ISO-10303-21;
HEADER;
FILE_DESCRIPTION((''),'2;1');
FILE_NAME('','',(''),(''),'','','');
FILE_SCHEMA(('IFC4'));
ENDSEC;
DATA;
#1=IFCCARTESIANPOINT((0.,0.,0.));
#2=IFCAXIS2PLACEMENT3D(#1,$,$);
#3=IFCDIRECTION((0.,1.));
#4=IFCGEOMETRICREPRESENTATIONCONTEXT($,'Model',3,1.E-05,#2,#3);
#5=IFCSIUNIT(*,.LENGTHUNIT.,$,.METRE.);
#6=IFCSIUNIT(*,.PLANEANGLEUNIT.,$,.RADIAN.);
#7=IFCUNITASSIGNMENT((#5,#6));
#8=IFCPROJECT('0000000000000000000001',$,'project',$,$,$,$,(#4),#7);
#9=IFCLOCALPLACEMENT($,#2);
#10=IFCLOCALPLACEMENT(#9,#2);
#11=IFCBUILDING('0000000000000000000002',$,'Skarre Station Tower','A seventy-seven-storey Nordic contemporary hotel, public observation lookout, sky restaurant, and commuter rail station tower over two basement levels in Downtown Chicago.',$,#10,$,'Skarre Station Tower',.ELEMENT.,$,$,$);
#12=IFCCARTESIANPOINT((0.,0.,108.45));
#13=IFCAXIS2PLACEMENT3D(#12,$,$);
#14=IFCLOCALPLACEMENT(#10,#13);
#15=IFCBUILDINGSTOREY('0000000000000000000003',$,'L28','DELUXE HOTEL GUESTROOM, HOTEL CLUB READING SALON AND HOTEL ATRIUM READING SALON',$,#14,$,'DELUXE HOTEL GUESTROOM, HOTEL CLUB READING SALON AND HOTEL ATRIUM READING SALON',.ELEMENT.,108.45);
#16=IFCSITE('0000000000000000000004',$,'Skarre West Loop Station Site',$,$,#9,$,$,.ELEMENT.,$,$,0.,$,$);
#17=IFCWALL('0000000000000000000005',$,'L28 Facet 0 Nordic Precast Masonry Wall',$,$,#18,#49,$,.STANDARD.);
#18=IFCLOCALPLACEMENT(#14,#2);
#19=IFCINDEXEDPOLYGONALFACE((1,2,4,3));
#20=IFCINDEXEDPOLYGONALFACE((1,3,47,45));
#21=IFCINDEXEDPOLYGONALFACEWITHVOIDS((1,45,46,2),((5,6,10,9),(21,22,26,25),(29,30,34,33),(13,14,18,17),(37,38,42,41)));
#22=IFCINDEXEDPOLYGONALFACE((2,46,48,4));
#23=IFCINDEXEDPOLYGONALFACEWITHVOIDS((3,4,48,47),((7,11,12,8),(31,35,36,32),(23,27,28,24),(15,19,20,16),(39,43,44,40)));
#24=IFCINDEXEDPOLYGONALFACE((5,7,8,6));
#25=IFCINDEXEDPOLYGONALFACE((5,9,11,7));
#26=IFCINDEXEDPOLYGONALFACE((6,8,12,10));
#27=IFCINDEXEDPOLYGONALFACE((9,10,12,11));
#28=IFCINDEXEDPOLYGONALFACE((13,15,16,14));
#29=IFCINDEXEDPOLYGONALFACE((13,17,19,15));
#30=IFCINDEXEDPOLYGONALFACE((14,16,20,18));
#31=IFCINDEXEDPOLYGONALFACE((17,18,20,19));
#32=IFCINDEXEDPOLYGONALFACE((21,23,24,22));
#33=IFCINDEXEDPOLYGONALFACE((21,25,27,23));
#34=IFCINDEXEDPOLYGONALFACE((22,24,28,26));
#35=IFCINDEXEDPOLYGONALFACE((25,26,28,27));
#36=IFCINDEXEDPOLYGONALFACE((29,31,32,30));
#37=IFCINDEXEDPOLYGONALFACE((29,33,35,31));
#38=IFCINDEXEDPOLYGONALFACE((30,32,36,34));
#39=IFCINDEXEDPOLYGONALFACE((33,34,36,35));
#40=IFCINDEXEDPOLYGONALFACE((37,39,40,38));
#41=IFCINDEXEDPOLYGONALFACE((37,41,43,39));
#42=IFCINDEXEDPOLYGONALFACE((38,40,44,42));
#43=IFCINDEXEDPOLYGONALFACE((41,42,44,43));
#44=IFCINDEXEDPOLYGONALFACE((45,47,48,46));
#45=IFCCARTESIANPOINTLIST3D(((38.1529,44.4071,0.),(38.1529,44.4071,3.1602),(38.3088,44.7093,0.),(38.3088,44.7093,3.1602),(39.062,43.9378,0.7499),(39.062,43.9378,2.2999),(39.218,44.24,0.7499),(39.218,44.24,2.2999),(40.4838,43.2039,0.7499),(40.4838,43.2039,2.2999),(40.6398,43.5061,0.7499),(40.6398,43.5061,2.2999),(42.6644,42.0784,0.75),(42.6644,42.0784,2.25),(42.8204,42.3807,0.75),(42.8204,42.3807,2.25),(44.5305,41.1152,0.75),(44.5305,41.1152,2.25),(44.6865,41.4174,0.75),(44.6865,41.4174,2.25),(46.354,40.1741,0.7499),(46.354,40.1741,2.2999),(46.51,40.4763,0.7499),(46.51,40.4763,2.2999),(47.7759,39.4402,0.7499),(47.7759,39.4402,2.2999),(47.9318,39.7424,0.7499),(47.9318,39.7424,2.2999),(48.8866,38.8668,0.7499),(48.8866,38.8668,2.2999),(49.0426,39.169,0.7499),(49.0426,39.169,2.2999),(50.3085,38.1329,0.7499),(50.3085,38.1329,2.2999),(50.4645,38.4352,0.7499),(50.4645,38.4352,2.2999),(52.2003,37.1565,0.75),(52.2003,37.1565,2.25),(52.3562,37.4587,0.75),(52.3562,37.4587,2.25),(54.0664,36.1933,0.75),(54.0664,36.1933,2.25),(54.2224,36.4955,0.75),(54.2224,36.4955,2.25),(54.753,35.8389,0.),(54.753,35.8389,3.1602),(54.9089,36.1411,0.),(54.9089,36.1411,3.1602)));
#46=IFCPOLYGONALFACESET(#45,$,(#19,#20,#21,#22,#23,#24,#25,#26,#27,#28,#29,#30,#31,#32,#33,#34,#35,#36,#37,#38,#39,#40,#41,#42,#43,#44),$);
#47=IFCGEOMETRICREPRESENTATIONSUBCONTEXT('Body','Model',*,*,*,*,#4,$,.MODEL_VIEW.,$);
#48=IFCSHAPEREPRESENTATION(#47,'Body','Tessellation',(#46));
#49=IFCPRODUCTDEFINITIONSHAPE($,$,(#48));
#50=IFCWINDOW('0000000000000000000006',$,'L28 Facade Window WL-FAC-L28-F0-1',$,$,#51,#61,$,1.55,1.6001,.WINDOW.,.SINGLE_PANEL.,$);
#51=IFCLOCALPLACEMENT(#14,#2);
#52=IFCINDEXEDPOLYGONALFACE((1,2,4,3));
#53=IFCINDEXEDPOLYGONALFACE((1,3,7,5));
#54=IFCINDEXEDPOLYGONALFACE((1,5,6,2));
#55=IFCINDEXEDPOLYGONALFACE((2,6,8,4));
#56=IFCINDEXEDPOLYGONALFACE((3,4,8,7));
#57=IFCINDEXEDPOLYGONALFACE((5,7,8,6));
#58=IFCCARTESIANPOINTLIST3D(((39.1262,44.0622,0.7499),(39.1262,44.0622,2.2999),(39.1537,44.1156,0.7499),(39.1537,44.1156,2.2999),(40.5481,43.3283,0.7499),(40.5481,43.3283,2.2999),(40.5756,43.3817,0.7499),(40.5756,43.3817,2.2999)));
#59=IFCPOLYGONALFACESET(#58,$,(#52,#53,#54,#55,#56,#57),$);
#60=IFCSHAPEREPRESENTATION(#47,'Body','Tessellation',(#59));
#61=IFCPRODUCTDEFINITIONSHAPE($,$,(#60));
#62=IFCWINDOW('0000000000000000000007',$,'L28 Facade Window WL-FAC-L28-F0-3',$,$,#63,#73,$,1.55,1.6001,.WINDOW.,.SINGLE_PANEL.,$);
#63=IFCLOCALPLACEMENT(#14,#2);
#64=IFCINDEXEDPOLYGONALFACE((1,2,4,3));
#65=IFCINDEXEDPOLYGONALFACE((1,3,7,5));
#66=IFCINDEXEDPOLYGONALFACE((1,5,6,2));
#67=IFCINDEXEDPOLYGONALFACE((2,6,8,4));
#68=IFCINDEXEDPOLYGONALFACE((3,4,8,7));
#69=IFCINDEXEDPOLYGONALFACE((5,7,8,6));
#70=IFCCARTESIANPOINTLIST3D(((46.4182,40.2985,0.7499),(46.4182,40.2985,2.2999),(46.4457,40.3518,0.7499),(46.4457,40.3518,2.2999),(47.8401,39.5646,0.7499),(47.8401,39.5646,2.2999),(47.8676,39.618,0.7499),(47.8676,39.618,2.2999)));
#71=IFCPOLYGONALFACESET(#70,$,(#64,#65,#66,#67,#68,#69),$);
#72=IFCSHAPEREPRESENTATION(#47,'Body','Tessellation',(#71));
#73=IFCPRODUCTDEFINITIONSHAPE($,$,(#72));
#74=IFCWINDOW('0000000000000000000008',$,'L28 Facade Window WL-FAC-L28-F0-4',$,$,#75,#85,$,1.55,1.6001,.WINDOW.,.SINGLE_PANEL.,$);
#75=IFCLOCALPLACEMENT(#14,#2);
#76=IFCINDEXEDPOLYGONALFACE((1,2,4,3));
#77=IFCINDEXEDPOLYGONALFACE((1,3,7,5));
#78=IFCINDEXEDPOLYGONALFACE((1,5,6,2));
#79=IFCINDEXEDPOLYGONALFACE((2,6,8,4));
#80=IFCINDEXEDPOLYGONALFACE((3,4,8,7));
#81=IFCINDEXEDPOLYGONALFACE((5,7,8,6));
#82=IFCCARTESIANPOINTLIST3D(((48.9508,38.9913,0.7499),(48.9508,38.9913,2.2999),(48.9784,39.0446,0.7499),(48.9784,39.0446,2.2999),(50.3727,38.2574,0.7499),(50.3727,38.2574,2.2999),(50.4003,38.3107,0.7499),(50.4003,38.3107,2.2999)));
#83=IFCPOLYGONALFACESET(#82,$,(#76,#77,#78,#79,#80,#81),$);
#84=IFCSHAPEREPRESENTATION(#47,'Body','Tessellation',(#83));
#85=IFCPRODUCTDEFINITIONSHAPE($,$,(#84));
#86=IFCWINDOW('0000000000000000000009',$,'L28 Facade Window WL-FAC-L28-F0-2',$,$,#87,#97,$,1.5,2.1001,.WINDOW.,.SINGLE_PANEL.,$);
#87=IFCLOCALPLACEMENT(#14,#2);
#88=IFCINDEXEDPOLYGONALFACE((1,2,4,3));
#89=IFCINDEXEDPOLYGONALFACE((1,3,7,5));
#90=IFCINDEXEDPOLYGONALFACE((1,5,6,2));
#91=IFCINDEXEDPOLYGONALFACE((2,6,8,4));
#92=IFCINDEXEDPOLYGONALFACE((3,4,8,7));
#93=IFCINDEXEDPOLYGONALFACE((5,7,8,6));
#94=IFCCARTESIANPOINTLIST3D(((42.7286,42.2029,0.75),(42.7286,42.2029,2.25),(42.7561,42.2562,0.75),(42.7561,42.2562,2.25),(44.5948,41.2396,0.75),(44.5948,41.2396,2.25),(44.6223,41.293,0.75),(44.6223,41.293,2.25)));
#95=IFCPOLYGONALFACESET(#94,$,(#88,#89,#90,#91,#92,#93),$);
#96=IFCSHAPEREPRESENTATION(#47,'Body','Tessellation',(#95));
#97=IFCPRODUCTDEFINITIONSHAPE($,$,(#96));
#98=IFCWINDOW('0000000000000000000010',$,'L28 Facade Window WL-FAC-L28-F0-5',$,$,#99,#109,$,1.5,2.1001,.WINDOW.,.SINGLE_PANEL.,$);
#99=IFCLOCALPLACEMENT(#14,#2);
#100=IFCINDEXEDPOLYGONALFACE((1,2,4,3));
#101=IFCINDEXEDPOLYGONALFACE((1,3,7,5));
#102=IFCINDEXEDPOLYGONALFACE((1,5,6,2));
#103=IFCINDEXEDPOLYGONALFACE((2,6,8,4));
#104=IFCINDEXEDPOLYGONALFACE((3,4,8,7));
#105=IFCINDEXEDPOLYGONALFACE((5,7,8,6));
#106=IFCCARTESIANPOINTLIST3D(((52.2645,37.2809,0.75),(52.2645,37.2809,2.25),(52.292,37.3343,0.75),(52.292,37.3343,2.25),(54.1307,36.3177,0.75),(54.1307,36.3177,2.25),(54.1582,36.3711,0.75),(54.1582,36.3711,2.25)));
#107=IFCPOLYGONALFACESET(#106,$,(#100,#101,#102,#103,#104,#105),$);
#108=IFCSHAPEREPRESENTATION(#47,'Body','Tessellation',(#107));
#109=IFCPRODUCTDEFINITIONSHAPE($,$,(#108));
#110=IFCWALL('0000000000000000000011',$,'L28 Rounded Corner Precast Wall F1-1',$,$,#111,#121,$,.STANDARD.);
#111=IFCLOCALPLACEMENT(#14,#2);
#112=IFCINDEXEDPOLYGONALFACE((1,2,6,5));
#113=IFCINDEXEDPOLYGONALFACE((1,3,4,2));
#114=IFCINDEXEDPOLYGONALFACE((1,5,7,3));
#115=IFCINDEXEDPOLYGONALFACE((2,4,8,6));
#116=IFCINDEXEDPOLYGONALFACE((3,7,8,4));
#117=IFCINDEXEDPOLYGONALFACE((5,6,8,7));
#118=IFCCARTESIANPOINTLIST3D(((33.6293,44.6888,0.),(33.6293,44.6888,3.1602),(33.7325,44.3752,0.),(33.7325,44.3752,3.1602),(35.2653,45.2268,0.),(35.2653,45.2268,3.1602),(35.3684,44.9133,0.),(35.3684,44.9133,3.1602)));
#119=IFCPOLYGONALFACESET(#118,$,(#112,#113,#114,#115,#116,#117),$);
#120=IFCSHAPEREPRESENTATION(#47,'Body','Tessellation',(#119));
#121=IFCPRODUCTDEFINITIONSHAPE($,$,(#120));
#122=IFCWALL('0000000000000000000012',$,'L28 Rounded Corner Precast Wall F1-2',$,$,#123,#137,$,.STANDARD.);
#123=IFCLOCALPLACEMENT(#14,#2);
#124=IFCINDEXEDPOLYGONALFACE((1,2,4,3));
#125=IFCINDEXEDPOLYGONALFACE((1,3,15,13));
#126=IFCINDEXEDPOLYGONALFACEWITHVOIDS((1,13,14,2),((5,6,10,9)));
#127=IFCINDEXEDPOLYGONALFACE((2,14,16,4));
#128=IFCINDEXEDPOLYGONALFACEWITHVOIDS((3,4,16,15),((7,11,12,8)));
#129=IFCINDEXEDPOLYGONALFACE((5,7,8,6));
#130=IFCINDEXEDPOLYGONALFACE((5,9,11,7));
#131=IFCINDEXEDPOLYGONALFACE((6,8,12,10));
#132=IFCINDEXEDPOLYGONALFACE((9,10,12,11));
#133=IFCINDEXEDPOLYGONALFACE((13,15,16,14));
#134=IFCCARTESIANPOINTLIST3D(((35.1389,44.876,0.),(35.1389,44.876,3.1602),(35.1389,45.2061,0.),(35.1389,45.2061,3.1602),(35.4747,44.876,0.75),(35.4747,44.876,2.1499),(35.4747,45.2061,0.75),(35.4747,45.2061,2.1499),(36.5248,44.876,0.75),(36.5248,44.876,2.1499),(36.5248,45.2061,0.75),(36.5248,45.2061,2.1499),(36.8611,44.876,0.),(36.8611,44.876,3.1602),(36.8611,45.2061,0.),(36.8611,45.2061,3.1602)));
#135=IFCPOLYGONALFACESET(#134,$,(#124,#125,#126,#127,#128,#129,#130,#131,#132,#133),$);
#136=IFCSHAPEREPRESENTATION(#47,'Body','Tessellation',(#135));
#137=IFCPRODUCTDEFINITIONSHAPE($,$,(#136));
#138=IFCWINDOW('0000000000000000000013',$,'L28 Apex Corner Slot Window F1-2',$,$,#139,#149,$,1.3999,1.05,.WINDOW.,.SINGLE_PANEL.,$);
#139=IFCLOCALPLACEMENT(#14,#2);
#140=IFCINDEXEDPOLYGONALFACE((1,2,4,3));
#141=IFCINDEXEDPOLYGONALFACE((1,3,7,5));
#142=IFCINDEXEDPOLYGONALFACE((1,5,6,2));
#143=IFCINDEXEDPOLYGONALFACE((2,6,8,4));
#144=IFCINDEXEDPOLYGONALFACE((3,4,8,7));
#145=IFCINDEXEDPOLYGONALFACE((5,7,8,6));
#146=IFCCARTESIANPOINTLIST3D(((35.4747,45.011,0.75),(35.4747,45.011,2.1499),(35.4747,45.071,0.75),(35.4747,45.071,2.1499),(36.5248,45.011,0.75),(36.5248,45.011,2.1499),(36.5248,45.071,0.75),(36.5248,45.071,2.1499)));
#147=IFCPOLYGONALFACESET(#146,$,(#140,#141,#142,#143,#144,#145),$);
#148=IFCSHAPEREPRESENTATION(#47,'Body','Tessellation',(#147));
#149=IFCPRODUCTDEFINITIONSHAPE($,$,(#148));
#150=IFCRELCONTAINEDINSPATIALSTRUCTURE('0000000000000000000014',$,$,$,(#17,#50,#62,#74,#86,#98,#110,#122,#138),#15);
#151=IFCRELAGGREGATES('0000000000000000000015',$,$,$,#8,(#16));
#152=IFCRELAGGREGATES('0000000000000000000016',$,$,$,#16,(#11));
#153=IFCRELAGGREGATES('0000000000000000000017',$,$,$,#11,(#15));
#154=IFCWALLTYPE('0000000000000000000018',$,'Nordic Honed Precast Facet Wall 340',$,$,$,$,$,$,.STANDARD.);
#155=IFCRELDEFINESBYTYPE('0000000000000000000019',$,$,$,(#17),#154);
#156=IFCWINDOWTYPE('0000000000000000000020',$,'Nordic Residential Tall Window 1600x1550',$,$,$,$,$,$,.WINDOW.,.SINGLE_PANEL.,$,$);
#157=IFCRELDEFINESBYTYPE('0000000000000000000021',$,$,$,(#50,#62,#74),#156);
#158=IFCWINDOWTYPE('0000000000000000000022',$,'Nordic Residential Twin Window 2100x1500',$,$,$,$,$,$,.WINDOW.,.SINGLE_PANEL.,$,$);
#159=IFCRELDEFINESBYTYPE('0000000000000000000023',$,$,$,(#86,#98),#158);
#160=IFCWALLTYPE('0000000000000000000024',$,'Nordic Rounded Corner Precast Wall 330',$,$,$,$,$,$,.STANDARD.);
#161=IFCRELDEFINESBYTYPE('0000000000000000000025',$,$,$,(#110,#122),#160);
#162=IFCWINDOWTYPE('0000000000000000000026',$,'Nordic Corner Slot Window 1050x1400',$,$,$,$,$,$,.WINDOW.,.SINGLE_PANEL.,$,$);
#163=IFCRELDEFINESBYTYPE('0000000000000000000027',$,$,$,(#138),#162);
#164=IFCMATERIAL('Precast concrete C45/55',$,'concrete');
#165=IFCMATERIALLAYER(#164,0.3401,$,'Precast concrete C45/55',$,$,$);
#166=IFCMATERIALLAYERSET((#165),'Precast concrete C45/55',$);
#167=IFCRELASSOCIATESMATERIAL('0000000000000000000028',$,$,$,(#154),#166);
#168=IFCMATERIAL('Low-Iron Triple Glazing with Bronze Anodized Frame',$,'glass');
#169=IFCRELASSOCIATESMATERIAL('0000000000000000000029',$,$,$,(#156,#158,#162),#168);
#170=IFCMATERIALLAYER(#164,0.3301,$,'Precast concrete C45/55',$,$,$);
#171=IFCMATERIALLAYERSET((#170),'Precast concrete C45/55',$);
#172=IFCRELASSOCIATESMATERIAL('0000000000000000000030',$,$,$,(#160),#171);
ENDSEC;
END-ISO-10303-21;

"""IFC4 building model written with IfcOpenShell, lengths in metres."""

from ifc_helpers import new_model, si_unit, direction, frame, frame_2d, origin, place, context, subcontext, project, spatial, rectangle, extrude, material, layer, layer_set, type_object, element, fill, save


model = new_model("IFC4")

# Units and contexts
model_context = context("Model", 3, precision=1e-05, world=origin(), true_north=direction((0.0, 1.0)))
body_context = subcontext(model_context, "Body", "Model", "MODEL_VIEW")
ifc_project = project(units=[si_unit("LENGTHUNIT", "METRE"), si_unit("PLANEANGLEUNIT", "RADIAN")], contexts=[model_context])

# Site, building, storey
site_placement = place(None, origin())
site = spatial("IfcSite", under=ifc_project, at=site_placement, Name="Skarre West Loop Station Site", CompositionType="ELEMENT", RefElevation=0.0)
building_placement = place(site_placement, origin())
building = spatial("IfcBuilding", under=site, at=building_placement, Name="Skarre Station Tower", Description="A seventy-seven-storey Nordic contemporary hotel, public observation lookout, sky restaurant, and commuter rail station tower over two basement levels in Downtown Chicago.", LongName="Skarre Station Tower", CompositionType="ELEMENT")
storey_placement = place(building_placement, frame((0.0, 0.0, 108.45)))
storey = spatial("IfcBuildingStorey", under=building, at=storey_placement, Name="L28", Description="DELUXE HOTEL GUESTROOM, HOTEL CLUB READING SALON AND HOTEL ATRIUM READING SALON", LongName="DELUXE HOTEL GUESTROOM, HOTEL CLUB READING SALON AND HOTEL ATRIUM READING SALON", CompositionType="ELEMENT", Elevation=108.45)

# Wall, openings, windows
ifc_material_1 = material(Name="Precast concrete C45/55", Category="concrete")
ifc_layer_1 = layer(ifc_material_1, 0.3401, Name="Precast concrete C45/55")
ifc_layer_set_1 = layer_set([ifc_layer_1], Name="Precast concrete C45/55")
wall_type_1 = type_object("IfcWallType", Name="Nordic Honed Precast Facet Wall 340", PredefinedType="STANDARD", material=ifc_layer_set_1)
wall_1_placement = place(storey_placement, frame((38.231, 44.5581, 0.0), z_axis=(0.0, 0.0, 1.0), x_axis=(0.888614, -0.458657, 0.0)))
wall_1 = element("IfcWall", 1, at=wall_1_placement, inside=storey, type_object=wall_type_1, Name="L28 Facet 0 Nordic Precast Masonry Wall", PredefinedType="STANDARD", context=body_context, shape_type="SweptSolid", body=[
    extrude(rectangle(XDim=18.6809, YDim=0.3401, at=frame_2d((9.3403, 0.0))), origin(), (0.0, 0.0, 1.0), 3.1602),
])
opening_1_placement = place(wall_1_placement, frame((1.0229, 0.0, 0.75)))
opening_1 = element("IfcOpeningElement", 2, at=opening_1_placement, cuts=wall_1, PredefinedType="OPENING", context=body_context, shape_type="SweptSolid", body=[
    extrude(rectangle(XDim=1.6001, YDim=1.55, at=frame_2d((0.8, 0.7749))), frame((0.0, 0.1799, 0.0), z_axis=(0.0, -1.0, 0.0), x_axis=(1.0, 0.0, 0.0)), (0.0, 0.0, 1.0), 0.3601),
])
opening_2_placement = place(wall_1_placement, frame((5.0769, 0.0, 0.75)))
opening_2 = element("IfcOpeningElement", 3, at=opening_2_placement, cuts=wall_1, PredefinedType="OPENING", context=body_context, shape_type="SweptSolid", body=[
    extrude(rectangle(XDim=2.1001, YDim=1.5, at=frame_2d((1.05, 0.75))), frame((0.0, 0.1799, 0.0), z_axis=(0.0, -1.0, 0.0), x_axis=(1.0, 0.0, 0.0)), (0.0, 0.0, 1.0), 0.3601),
])
opening_3_placement = place(wall_1_placement, frame((9.229, 0.0, 0.75)))
opening_3 = element("IfcOpeningElement", 4, at=opening_3_placement, cuts=wall_1, PredefinedType="OPENING", context=body_context, shape_type="SweptSolid", body=[
    extrude(rectangle(XDim=1.6001, YDim=1.55, at=frame_2d((0.8, 0.7749))), frame((0.0, 0.1799, 0.0), z_axis=(0.0, -1.0, 0.0), x_axis=(1.0, 0.0, 0.0)), (0.0, 0.0, 1.0), 0.3601),
])
opening_4_placement = place(wall_1_placement, frame((12.0791, 0.0, 0.75)))
opening_4 = element("IfcOpeningElement", 5, at=opening_4_placement, cuts=wall_1, PredefinedType="OPENING", context=body_context, shape_type="SweptSolid", body=[
    extrude(rectangle(XDim=1.6001, YDim=1.55, at=frame_2d((0.8, 0.7749))), frame((0.0, 0.1799, 0.0), z_axis=(0.0, -1.0, 0.0), x_axis=(1.0, 0.0, 0.0)), (0.0, 0.0, 1.0), 0.3601),
])
opening_5_placement = place(wall_1_placement, frame((15.8081, 0.0, 0.75)))
opening_5 = element("IfcOpeningElement", 6, at=opening_5_placement, cuts=wall_1, PredefinedType="OPENING", context=body_context, shape_type="SweptSolid", body=[
    extrude(rectangle(XDim=2.1001, YDim=1.5, at=frame_2d((1.05, 0.75))), frame((0.0, 0.1799, 0.0), z_axis=(0.0, -1.0, 0.0), x_axis=(1.0, 0.0, 0.0)), (0.0, 0.0, 1.0), 0.3601),
])
ifc_material_2 = material(Name="Low-Iron Triple Glazing with Bronze Anodized Frame", Category="glass")
window_type_1 = type_object("IfcWindowType", Name="Nordic Residential Tall Window 1600x1550", PartitioningType="SINGLE_PANEL", PredefinedType="WINDOW", material=ifc_material_2)
window_1_placement = place(opening_1_placement, origin())
window_1 = element("IfcWindow", 7, at=window_1_placement, inside=storey, type_object=window_type_1, Name="L28 Facade Window WL-FAC-L28-F0-1", OverallHeight=1.55, OverallWidth=1.6001, PartitioningType="SINGLE_PANEL", PredefinedType="WINDOW", context=body_context, shape_type="SweptSolid", body=[
    extrude(rectangle(XDim=1.6001, YDim=1.55, at=frame_2d((0.8, 0.7749))), frame((0.0, 0.03, 0.0), z_axis=(0.0, -1.0, 0.0), x_axis=(1.0, 0.0, 0.0)), (0.0, 0.0, 1.0), 0.0601),
])
fill(opening_1, window_1)
window_2_placement = place(opening_3_placement, origin())
window_2 = element("IfcWindow", 8, at=window_2_placement, inside=storey, type_object=window_type_1, Name="L28 Facade Window WL-FAC-L28-F0-3", OverallHeight=1.55, OverallWidth=1.6001, PartitioningType="SINGLE_PANEL", PredefinedType="WINDOW", context=body_context, shape_type="SweptSolid", body=[
    extrude(rectangle(XDim=1.6001, YDim=1.55, at=frame_2d((0.8, 0.7749))), frame((0.0, 0.03, 0.0), z_axis=(0.0, -1.0, 0.0), x_axis=(1.0, 0.0, 0.0)), (0.0, 0.0, 1.0), 0.0601),
])
fill(opening_3, window_2)
window_3_placement = place(opening_4_placement, origin())
window_3 = element("IfcWindow", 9, at=window_3_placement, inside=storey, type_object=window_type_1, Name="L28 Facade Window WL-FAC-L28-F0-4", OverallHeight=1.55, OverallWidth=1.6001, PartitioningType="SINGLE_PANEL", PredefinedType="WINDOW", context=body_context, shape_type="SweptSolid", body=[
    extrude(rectangle(XDim=1.6001, YDim=1.55, at=frame_2d((0.8, 0.7749))), frame((0.0, 0.03, 0.0), z_axis=(0.0, -1.0, 0.0), x_axis=(1.0, 0.0, 0.0)), (0.0, 0.0, 1.0), 0.0601),
])
fill(opening_4, window_3)
window_type_2 = type_object("IfcWindowType", Name="Nordic Residential Twin Window 2100x1500", PartitioningType="SINGLE_PANEL", PredefinedType="WINDOW", material=ifc_material_2)
window_4_placement = place(opening_2_placement, origin())
window_4 = element("IfcWindow", 10, at=window_4_placement, inside=storey, type_object=window_type_2, Name="L28 Facade Window WL-FAC-L28-F0-2", OverallHeight=1.5, OverallWidth=2.1001, PartitioningType="SINGLE_PANEL", PredefinedType="WINDOW", context=body_context, shape_type="SweptSolid", body=[
    extrude(rectangle(XDim=2.1001, YDim=1.5, at=frame_2d((1.05, 0.75))), frame((0.0, 0.03, 0.0), z_axis=(0.0, -1.0, 0.0), x_axis=(1.0, 0.0, 0.0)), (0.0, 0.0, 1.0), 0.0601),
])
fill(opening_2, window_4)
window_5_placement = place(opening_5_placement, origin())
window_5 = element("IfcWindow", 11, at=window_5_placement, inside=storey, type_object=window_type_2, Name="L28 Facade Window WL-FAC-L28-F0-5", OverallHeight=1.5, OverallWidth=2.1001, PartitioningType="SINGLE_PANEL", PredefinedType="WINDOW", context=body_context, shape_type="SweptSolid", body=[
    extrude(rectangle(XDim=2.1001, YDim=1.5, at=frame_2d((1.05, 0.75))), frame((0.0, 0.03, 0.0), z_axis=(0.0, -1.0, 0.0), x_axis=(1.0, 0.0, 0.0)), (0.0, 0.0, 1.0), 0.0601),
])
fill(opening_5, window_5)

# Wall
ifc_layer_2 = layer(ifc_material_1, 0.3301, Name="Precast concrete C45/55")
ifc_layer_set_2 = layer_set([ifc_layer_2], Name="Precast concrete C45/55")
wall_type_2 = type_object("IfcWallType", Name="Nordic Rounded Corner Precast Wall 330", PredefinedType="STANDARD", material=ifc_layer_set_2)
wall_2_placement = place(storey_placement, frame((33.6809, 44.532, 0.0), z_axis=(0.0, 0.0, 1.0), x_axis=(0.949937, 0.31244, 0.0)))
element("IfcWall", 12, at=wall_2_placement, inside=storey, type_object=wall_type_2, Name="L28 Rounded Corner Precast Wall F1-1", PredefinedType="STANDARD", context=body_context, shape_type="SweptSolid", body=[
    extrude(rectangle(XDim=1.7222, YDim=0.3301, at=frame_2d((0.8611, 0.0))), origin(), (0.0, 0.0, 1.0), 3.1602),
])

# Wall, opening, window
wall_3_placement = place(storey_placement, frame((35.1389, 45.041, 0.0), z_axis=(0.0, 0.0, 1.0), x_axis=(1.0, 0.0, 0.0)))
wall_3 = element("IfcWall", 13, at=wall_3_placement, inside=storey, type_object=wall_type_2, Name="L28 Rounded Corner Precast Wall F1-2", PredefinedType="STANDARD", context=body_context, shape_type="SweptSolid", body=[
    extrude(rectangle(XDim=1.7222, YDim=0.3301, at=frame_2d((0.8611, 0.0))), origin(), (0.0, 0.0, 1.0), 3.1602),
])
opening_6_placement = place(wall_3_placement, frame((0.3359, 0.0, 0.75)))
opening_6 = element("IfcOpeningElement", 14, at=opening_6_placement, cuts=wall_3, PredefinedType="OPENING", context=body_context, shape_type="SweptSolid", body=[
    extrude(rectangle(XDim=1.05, YDim=1.3999, at=frame_2d((0.5249, 0.7))), frame((0.0, 0.175, 0.0), z_axis=(0.0, -1.0, 0.0), x_axis=(1.0, 0.0, 0.0)), (0.0, 0.0, 1.0), 0.3501),
])
window_type_3 = type_object("IfcWindowType", Name="Nordic Corner Slot Window 1050x1400", PartitioningType="SINGLE_PANEL", PredefinedType="WINDOW", material=ifc_material_2)
window_6_placement = place(opening_6_placement, origin())
window_6 = element("IfcWindow", 15, at=window_6_placement, inside=storey, type_object=window_type_3, Name="L28 Apex Corner Slot Window F1-2", OverallHeight=1.3999, OverallWidth=1.05, PartitioningType="SINGLE_PANEL", PredefinedType="WINDOW", context=body_context, shape_type="SweptSolid", body=[
    extrude(rectangle(XDim=1.05, YDim=1.3999, at=frame_2d((0.5249, 0.7))), frame((0.0, 0.03, 0.0), z_axis=(0.0, -1.0, 0.0), x_axis=(1.0, 0.0, 0.0)), (0.0, 0.0, 1.0), 0.0601),
])
fill(opening_6, window_6)

save(model, "model.ifc")
